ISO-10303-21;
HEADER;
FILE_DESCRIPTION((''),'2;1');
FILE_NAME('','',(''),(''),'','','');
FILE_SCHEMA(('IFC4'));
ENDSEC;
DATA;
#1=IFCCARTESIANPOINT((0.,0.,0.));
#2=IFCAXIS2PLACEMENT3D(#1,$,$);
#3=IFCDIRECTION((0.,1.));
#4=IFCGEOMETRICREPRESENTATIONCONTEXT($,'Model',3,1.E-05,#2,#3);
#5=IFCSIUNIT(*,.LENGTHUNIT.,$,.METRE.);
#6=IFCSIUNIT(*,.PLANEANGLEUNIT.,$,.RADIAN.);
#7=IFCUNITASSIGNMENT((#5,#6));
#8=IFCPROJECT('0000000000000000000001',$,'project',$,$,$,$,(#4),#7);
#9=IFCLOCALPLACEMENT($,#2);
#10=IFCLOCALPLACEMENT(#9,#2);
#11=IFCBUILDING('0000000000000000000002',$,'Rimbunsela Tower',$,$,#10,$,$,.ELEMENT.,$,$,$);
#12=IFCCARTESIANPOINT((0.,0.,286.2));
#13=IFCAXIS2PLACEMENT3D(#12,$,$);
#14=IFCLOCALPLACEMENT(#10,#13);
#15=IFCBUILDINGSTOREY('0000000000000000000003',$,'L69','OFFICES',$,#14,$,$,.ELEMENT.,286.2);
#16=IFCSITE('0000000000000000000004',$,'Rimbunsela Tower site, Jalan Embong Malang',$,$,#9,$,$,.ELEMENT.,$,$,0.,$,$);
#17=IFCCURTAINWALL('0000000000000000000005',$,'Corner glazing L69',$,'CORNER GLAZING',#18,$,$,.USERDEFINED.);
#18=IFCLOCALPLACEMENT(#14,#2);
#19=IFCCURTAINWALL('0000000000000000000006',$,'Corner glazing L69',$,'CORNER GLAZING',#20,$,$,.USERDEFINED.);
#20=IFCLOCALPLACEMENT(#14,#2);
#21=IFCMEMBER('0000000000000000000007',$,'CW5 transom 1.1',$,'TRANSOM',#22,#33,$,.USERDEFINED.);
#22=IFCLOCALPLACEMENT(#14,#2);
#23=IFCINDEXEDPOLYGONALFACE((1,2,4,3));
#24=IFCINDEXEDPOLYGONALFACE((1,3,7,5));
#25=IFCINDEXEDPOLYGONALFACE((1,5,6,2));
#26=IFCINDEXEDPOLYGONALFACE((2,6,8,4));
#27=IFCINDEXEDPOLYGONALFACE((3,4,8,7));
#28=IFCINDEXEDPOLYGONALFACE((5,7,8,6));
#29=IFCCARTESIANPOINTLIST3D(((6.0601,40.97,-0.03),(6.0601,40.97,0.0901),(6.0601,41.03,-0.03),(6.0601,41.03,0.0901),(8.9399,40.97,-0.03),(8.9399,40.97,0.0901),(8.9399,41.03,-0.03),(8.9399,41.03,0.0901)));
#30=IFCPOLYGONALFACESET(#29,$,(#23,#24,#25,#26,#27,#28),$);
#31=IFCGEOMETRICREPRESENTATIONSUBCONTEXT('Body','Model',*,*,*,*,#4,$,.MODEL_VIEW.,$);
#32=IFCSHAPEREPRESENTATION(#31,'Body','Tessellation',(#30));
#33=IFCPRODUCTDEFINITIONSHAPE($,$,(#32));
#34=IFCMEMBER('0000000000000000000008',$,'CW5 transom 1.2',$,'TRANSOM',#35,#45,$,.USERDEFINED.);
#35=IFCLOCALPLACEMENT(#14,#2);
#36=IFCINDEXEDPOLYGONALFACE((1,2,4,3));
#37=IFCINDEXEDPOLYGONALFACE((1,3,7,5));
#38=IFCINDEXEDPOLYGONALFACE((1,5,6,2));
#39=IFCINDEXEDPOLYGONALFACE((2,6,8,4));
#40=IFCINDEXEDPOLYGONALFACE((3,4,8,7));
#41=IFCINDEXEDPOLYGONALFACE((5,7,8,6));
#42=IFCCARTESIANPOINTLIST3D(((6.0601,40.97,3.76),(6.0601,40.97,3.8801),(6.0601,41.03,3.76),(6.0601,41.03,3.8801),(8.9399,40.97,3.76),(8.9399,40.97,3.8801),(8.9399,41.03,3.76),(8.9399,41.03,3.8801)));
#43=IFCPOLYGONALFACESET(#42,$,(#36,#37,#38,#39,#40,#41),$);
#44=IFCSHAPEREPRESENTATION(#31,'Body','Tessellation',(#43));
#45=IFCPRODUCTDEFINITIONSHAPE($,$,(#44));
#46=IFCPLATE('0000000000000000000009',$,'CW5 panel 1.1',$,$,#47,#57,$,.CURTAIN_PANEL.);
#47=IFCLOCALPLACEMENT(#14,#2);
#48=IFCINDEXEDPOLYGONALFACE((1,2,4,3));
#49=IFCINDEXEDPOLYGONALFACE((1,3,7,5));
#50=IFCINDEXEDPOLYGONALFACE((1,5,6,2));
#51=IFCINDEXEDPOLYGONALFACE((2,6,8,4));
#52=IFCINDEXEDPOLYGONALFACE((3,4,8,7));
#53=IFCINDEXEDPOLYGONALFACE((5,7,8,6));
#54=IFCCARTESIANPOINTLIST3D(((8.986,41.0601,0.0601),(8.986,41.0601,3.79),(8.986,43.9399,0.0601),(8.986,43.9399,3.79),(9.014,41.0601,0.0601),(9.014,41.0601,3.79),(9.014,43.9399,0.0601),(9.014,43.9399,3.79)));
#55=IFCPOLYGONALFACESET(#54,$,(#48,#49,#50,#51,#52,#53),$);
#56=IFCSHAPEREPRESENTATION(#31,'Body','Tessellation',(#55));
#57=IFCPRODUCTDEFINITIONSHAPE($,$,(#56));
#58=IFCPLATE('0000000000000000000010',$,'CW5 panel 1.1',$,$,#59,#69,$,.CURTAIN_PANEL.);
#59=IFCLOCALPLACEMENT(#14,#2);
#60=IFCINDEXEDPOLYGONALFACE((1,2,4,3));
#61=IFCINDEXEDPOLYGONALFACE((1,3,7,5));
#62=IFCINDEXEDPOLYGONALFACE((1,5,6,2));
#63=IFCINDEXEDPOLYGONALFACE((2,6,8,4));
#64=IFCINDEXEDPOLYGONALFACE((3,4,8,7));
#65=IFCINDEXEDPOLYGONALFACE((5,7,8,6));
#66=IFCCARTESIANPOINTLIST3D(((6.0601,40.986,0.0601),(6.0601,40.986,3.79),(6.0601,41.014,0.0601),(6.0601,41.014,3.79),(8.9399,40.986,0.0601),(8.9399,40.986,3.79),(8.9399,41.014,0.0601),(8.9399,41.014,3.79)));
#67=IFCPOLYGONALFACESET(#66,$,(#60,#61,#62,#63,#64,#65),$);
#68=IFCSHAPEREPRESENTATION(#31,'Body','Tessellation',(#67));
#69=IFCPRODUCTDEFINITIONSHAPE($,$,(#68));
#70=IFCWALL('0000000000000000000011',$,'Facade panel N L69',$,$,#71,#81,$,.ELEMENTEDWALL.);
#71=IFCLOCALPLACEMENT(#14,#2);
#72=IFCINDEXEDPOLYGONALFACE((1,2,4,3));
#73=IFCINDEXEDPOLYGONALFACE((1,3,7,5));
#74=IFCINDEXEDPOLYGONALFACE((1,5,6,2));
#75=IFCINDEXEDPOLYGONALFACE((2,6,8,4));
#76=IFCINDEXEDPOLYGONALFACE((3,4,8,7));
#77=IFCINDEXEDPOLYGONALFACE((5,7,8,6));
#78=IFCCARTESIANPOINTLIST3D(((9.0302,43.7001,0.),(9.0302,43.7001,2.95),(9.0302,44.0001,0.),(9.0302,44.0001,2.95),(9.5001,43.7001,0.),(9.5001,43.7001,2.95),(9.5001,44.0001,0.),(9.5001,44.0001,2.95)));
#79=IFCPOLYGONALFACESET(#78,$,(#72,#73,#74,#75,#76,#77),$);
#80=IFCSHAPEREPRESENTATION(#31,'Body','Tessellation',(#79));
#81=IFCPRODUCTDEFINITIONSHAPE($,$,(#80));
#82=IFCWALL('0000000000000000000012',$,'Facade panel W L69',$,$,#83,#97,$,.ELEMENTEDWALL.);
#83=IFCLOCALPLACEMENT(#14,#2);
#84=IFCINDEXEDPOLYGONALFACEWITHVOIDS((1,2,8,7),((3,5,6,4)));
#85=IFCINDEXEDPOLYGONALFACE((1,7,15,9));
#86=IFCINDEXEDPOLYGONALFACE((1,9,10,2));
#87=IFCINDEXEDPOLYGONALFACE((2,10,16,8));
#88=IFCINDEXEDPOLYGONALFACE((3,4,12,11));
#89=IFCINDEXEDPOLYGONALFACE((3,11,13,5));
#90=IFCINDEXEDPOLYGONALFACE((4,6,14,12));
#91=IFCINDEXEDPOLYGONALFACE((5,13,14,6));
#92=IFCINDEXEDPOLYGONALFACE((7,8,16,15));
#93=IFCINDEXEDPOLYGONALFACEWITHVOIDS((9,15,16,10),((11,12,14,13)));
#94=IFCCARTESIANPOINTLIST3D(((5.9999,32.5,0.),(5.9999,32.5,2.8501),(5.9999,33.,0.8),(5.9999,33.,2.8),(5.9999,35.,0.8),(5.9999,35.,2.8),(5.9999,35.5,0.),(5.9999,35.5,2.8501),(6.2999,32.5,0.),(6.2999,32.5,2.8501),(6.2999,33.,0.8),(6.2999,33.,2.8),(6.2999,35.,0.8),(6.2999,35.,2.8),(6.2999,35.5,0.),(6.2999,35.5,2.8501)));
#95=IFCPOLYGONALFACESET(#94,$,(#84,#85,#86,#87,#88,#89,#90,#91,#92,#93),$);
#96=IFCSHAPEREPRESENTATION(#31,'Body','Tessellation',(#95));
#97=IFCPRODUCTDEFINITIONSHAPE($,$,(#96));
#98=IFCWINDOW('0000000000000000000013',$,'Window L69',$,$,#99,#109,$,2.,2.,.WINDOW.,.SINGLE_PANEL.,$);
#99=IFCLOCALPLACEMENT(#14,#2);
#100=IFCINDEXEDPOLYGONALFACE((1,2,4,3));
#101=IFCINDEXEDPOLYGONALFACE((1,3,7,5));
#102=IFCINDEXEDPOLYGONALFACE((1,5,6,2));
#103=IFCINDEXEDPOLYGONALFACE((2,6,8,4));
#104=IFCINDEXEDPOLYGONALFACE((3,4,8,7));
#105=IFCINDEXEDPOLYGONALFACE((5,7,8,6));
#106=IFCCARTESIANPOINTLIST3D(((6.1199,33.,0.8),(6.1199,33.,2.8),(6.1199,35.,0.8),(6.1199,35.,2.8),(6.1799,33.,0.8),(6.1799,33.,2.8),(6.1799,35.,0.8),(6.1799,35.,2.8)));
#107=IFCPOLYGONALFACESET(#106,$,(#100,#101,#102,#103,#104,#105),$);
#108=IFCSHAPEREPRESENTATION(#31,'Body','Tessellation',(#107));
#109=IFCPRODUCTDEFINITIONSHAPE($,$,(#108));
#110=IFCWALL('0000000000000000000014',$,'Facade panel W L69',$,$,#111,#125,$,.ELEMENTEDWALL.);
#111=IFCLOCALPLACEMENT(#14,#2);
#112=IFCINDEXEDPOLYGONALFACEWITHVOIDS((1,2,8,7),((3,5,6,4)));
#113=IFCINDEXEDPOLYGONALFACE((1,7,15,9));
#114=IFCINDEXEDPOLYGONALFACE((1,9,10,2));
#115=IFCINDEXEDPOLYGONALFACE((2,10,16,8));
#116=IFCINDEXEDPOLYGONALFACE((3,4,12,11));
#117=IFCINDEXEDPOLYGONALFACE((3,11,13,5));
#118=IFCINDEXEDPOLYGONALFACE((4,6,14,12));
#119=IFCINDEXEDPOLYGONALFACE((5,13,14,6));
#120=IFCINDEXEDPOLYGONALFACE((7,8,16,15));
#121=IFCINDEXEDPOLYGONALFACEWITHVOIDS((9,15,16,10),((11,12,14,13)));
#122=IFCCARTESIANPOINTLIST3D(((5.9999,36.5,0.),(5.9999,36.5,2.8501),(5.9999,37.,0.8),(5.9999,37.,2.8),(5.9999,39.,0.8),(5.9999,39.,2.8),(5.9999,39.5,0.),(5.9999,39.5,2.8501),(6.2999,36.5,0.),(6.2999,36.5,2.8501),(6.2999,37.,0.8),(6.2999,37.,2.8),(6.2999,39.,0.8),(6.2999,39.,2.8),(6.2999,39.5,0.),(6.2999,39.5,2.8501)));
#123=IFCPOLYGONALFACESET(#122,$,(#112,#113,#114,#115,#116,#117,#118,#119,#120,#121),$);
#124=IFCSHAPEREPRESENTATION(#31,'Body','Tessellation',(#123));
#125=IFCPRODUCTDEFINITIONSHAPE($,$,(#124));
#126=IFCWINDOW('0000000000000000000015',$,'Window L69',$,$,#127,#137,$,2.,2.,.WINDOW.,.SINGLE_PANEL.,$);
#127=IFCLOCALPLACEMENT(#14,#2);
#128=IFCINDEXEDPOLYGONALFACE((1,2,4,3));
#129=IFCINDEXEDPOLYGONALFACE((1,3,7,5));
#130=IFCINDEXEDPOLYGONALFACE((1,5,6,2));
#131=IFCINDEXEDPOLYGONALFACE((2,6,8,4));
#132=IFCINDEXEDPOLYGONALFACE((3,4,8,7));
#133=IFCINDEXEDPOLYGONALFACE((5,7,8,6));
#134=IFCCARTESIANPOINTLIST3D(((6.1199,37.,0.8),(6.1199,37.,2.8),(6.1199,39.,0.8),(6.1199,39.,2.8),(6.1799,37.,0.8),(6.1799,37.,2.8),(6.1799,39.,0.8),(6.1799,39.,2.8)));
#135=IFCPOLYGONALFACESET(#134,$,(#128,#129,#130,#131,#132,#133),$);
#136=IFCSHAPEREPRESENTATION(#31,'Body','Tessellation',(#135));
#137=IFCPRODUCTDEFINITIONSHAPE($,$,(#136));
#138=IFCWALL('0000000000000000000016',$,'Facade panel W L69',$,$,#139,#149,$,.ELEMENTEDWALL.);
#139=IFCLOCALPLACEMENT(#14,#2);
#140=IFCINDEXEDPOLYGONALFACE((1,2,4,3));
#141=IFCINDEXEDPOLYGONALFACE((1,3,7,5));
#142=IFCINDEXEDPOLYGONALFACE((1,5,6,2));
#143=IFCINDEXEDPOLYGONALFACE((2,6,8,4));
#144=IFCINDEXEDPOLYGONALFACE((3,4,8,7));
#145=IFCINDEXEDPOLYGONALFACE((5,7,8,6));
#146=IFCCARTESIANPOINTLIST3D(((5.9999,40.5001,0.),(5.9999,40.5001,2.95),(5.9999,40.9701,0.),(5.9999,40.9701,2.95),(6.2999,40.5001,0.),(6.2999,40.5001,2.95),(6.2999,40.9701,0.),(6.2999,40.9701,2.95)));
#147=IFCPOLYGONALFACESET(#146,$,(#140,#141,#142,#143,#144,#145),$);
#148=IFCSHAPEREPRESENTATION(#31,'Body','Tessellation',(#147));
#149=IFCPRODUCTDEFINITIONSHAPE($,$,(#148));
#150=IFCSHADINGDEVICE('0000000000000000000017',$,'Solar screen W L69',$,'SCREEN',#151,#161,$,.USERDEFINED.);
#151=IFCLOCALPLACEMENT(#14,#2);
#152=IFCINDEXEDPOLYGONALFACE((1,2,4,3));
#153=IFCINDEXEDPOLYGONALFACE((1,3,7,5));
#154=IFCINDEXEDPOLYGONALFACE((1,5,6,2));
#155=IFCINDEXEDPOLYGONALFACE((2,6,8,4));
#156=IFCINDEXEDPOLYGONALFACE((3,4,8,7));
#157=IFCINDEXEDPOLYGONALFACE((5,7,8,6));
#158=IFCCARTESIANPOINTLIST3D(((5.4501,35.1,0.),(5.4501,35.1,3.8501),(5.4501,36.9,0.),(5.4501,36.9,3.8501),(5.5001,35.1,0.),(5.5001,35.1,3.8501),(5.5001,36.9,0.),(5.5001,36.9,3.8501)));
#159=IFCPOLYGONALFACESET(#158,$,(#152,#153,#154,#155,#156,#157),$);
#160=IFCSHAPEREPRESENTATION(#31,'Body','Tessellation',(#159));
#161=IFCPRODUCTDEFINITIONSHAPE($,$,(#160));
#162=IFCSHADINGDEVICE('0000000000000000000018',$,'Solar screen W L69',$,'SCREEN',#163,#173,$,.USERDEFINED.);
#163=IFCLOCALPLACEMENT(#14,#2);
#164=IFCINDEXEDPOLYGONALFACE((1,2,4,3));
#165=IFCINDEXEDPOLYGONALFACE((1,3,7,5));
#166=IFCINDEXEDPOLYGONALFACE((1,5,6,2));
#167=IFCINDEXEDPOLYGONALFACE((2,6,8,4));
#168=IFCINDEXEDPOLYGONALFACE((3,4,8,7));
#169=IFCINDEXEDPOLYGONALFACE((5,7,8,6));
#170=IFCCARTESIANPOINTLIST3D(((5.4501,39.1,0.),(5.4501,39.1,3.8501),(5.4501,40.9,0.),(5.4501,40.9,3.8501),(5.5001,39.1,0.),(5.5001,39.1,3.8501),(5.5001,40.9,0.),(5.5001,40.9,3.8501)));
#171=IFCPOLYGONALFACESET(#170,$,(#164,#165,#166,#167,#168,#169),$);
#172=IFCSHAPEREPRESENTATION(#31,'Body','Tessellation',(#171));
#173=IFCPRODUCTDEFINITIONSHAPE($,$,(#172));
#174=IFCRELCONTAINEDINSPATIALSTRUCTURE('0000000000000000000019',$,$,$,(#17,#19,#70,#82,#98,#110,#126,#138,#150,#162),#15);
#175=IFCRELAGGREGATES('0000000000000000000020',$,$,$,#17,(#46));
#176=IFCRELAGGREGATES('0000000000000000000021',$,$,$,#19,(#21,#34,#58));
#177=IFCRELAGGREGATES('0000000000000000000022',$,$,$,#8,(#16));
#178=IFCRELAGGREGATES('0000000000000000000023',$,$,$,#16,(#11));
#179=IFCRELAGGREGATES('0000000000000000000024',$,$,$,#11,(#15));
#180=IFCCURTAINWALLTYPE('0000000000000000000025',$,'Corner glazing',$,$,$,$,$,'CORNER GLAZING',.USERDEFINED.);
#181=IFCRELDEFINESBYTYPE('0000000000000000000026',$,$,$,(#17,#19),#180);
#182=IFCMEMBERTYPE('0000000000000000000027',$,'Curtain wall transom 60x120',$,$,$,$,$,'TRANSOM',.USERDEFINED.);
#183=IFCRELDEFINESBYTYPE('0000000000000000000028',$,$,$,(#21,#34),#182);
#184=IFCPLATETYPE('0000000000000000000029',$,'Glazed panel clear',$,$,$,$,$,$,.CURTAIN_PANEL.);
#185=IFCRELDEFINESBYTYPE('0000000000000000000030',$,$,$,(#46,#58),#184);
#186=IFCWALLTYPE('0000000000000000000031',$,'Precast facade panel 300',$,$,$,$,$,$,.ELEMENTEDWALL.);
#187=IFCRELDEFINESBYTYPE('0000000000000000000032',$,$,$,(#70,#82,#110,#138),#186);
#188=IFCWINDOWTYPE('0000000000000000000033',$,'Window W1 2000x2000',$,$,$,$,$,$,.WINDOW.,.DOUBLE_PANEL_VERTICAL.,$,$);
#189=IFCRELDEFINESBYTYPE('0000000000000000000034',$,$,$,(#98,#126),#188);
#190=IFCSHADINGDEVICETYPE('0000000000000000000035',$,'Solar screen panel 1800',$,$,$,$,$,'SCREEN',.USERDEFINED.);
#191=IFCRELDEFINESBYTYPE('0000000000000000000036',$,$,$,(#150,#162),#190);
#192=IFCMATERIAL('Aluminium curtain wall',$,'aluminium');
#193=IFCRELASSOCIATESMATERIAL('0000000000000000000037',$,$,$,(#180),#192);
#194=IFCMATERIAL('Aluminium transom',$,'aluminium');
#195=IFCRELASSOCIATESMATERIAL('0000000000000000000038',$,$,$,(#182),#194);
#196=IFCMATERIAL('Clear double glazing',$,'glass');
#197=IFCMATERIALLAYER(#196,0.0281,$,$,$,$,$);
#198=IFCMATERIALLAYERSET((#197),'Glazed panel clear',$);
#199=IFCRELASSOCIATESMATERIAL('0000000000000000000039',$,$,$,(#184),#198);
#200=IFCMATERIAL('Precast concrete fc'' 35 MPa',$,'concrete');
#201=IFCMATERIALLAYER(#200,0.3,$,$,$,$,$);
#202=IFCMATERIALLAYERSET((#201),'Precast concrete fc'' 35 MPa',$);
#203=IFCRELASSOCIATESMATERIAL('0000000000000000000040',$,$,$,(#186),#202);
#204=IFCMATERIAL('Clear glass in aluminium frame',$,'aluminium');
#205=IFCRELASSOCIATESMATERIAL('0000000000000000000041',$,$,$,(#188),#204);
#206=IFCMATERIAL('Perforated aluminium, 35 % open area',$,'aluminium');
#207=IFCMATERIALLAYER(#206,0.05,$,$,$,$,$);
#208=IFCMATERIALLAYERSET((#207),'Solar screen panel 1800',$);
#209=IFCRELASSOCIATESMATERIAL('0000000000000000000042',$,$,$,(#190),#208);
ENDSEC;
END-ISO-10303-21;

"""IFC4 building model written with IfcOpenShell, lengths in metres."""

from ifc_helpers import new_model, si_unit, direction, frame, frame_2d, origin, origin_2d, place, context, subcontext, project, spatial, rectangle, extrude, material, layer, layer_set, material_profile, profile_set, type_object, element, fill, aggregate, save


model = new_model("IFC4")

# Units and contexts
model_context = context("Model", 3, precision=1e-05, world=origin(), true_north=direction((0.0, 1.0)))
body_context = subcontext(model_context, "Body", "Model", "MODEL_VIEW")
ifc_project = project(units=[si_unit("LENGTHUNIT", "METRE"), si_unit("PLANEANGLEUNIT", "RADIAN")], contexts=[model_context])

# Site, building, storey
site_placement = place(None, origin())
site = spatial("IfcSite", under=ifc_project, at=site_placement, Name="Rimbunsela Tower site, Jalan Embong Malang", CompositionType="ELEMENT", RefElevation=0.0)
building_placement = place(site_placement, origin())
building = spatial("IfcBuilding", under=site, at=building_placement, Name="Rimbunsela Tower", CompositionType="ELEMENT")
storey_placement = place(building_placement, frame((0.0, 0.0, 286.2)))
storey = spatial("IfcBuildingStorey", under=building, at=storey_placement, Name="L69", Description="OFFICES", CompositionType="ELEMENT", Elevation=286.2)

# Curtain walls
ifc_material_1 = material(Name="Aluminium curtain wall", Category="aluminium")
curtain_wall_type = type_object("IfcCurtainWallType", Name="Corner glazing", ElementType="CORNER GLAZING", PredefinedType="USERDEFINED", material=ifc_material_1)
curtain_wall_1_placement = place(storey_placement, origin())
curtain_wall_1 = element("IfcCurtainWall", 1, at=curtain_wall_1_placement, inside=storey, type_object=curtain_wall_type, Name="Corner glazing L69", ObjectType="CORNER GLAZING", PredefinedType="USERDEFINED")
curtain_wall_2_placement = place(storey_placement, origin())
curtain_wall_2 = element("IfcCurtainWall", 2, at=curtain_wall_2_placement, inside=storey, type_object=curtain_wall_type, Name="Corner glazing L69", ObjectType="CORNER GLAZING", PredefinedType="USERDEFINED")

# Members
ifc_material_2 = material(Name="Aluminium transom", Category="aluminium")
ifc_material_profile_1 = material_profile(ifc_material_2, rectangle(XDim=0.0601, YDim=0.1201, at=origin_2d()), Name="Transom 60x120")
ifc_profile_set_1 = profile_set([ifc_material_profile_1], Name="Aluminium transom")
member_type_1 = type_object("IfcMemberType", Name="Curtain wall transom 60x120", ElementType="TRANSOM", PredefinedType="USERDEFINED", material=ifc_profile_set_1)
member_1_placement = place(storey_placement, frame((8.9399, 41.0, 0.03), z_axis=(-1.0, 0.0, 0.0), x_axis=(0.0, -1.0, 0.0)))
member_1 = element("IfcMember", 3, at=member_1_placement, type_object=member_type_1, Name="CW5 transom 1.1", ObjectType="TRANSOM", PredefinedType="USERDEFINED", context=body_context, shape_type="SweptSolid", body=[
    extrude(rectangle(XDim=0.0601, YDim=0.1201, at=origin_2d()), origin(), (0.0, 0.0, 1.0), 2.8799),
])
member_2_placement = place(storey_placement, frame((8.9399, 41.0, 3.8201), z_axis=(-1.0, 0.0, 0.0), x_axis=(0.0, -1.0, 0.0)))
member_2 = element("IfcMember", 4, at=member_2_placement, type_object=member_type_1, Name="CW5 transom 1.2", ObjectType="TRANSOM", PredefinedType="USERDEFINED", context=body_context, shape_type="SweptSolid", body=[
    extrude(rectangle(XDim=0.0601, YDim=0.1201, at=origin_2d()), origin(), (0.0, 0.0, 1.0), 2.8799),
])

# Plates
ifc_material_3 = material(Name="Clear double glazing", Category="glass")
ifc_layer_1 = layer(ifc_material_3, 0.0281)
ifc_layer_set_1 = layer_set([ifc_layer_1], Name="Glazed panel clear")
plate_type = type_object("IfcPlateType", Name="Glazed panel clear", PredefinedType="CURTAIN_PANEL", material=ifc_layer_set_1)
plate_1_placement = place(storey_placement, frame((9.0, 42.5, 0.0601), z_axis=(0.0, 0.0, 1.0), x_axis=(0.0, -1.0, 0.0)))
plate_1 = element("IfcPlate", 5, at=plate_1_placement, type_object=plate_type, Name="CW5 panel 1.1", PredefinedType="CURTAIN_PANEL", context=body_context, shape_type="SweptSolid", body=[
    extrude(rectangle(XDim=2.8799, YDim=0.0281, at=origin_2d()), origin(), (0.0, 0.0, 1.0), 3.73),
])
aggregate(curtain_wall_1, [plate_1])
plate_2_placement = place(storey_placement, frame((7.5, 41.0, 0.0601), z_axis=(0.0, 0.0, 1.0), x_axis=(-1.0, 0.0, 0.0)))
plate_2 = element("IfcPlate", 6, at=plate_2_placement, type_object=plate_type, Name="CW5 panel 1.1", PredefinedType="CURTAIN_PANEL", context=body_context, shape_type="SweptSolid", body=[
    extrude(rectangle(XDim=2.8799, YDim=0.0281, at=origin_2d()), origin(), (0.0, 0.0, 1.0), 3.73),
])
aggregate(curtain_wall_2, [member_1, member_2, plate_2])

# Wall
ifc_material_4 = material(Name="Precast concrete fc' 35 MPa", Category="concrete")
ifc_layer_2 = layer(ifc_material_4, 0.3)
ifc_layer_set_2 = layer_set([ifc_layer_2], Name="Precast concrete fc' 35 MPa")
wall_type = type_object("IfcWallType", Name="Precast facade panel 300", PredefinedType="ELEMENTEDWALL", material=ifc_layer_set_2)
wall_1_placement = place(storey_placement, frame((9.5, 43.8501, 0.0), z_axis=(0.0, 0.0, 1.0), x_axis=(-1.0, 0.0, 0.0)))
element("IfcWall", 7, at=wall_1_placement, inside=storey, type_object=wall_type, Name="Facade panel N L69", PredefinedType="ELEMENTEDWALL", context=body_context, shape_type="SweptSolid", body=[
    extrude(rectangle(XDim=0.47, YDim=0.3, at=frame_2d((0.2349, 0.0))), origin(), (0.0, 0.0, 1.0), 2.95),
])

# Walls, openings, windows
wall_2_placement = place(storey_placement, frame((6.1499, 35.5, 0.0), z_axis=(0.0, 0.0, 1.0), x_axis=(0.0, -1.0, 0.0)))
wall_2 = element("IfcWall", 8, at=wall_2_placement, inside=storey, type_object=wall_type, Name="Facade panel W L69", PredefinedType="ELEMENTEDWALL", context=body_context, shape_type="SweptSolid", body=[
    extrude(rectangle(XDim=3.0, YDim=0.3, at=frame_2d((1.5, 0.0))), origin(), (0.0, 0.0, 1.0), 2.8501),
])
opening_1_placement = place(wall_2_placement, frame((0.5, 0.0, 0.8)))
opening_1 = element("IfcOpeningElement", 9, at=opening_1_placement, cuts=wall_2, PredefinedType="OPENING", context=body_context, shape_type="SweptSolid", body=[
    extrude(rectangle(XDim=2.0, YDim=2.0, at=frame_2d((1.0, 1.0))), frame((0.0, 0.1599, 0.0), z_axis=(0.0, -1.0, 0.0), x_axis=(1.0, 0.0, 0.0)), (0.0, 0.0, 1.0), 0.3201),
])
ifc_material_5 = material(Name="Clear glass in aluminium frame", Category="aluminium")
window_type = type_object("IfcWindowType", Name="Window W1 2000x2000", PartitioningType="DOUBLE_PANEL_VERTICAL", PredefinedType="WINDOW", material=ifc_material_5)
window_1_placement = place(opening_1_placement, origin())
window_1 = element("IfcWindow", 10, at=window_1_placement, inside=storey, type_object=window_type, Name="Window L69", OverallHeight=2.0, OverallWidth=2.0, PartitioningType="SINGLE_PANEL", PredefinedType="WINDOW", context=body_context, shape_type="SweptSolid", body=[
    extrude(rectangle(XDim=2.0, YDim=2.0, at=frame_2d((1.0, 1.0))), frame((0.0, 0.03, 0.0), z_axis=(0.0, -1.0, 0.0), x_axis=(1.0, 0.0, 0.0)), (0.0, 0.0, 1.0), 0.0601),
])
fill(opening_1, window_1)
wall_3_placement = place(storey_placement, frame((6.1499, 39.5, 0.0), z_axis=(0.0, 0.0, 1.0), x_axis=(0.0, -1.0, 0.0)))
wall_3 = element("IfcWall", 11, at=wall_3_placement, inside=storey, type_object=wall_type, Name="Facade panel W L69", PredefinedType="ELEMENTEDWALL", context=body_context, shape_type="SweptSolid", body=[
    extrude(rectangle(XDim=3.0, YDim=0.3, at=frame_2d((1.5, 0.0))), origin(), (0.0, 0.0, 1.0), 2.8501),
])
opening_2_placement = place(wall_3_placement, frame((0.5, 0.0, 0.8)))
opening_2 = element("IfcOpeningElement", 12, at=opening_2_placement, cuts=wall_3, PredefinedType="OPENING", context=body_context, shape_type="SweptSolid", body=[
    extrude(rectangle(XDim=2.0, YDim=2.0, at=frame_2d((1.0, 1.0))), frame((0.0, 0.1599, 0.0), z_axis=(0.0, -1.0, 0.0), x_axis=(1.0, 0.0, 0.0)), (0.0, 0.0, 1.0), 0.3201),
])
window_2_placement = place(opening_2_placement, origin())
window_2 = element("IfcWindow", 13, at=window_2_placement, inside=storey, type_object=window_type, Name="Window L69", OverallHeight=2.0, OverallWidth=2.0, PartitioningType="SINGLE_PANEL", PredefinedType="WINDOW", context=body_context, shape_type="SweptSolid", body=[
    extrude(rectangle(XDim=2.0, YDim=2.0, at=frame_2d((1.0, 1.0))), frame((0.0, 0.03, 0.0), z_axis=(0.0, -1.0, 0.0), x_axis=(1.0, 0.0, 0.0)), (0.0, 0.0, 1.0), 0.0601),
])
fill(opening_2, window_2)

# Wall
wall_4_placement = place(storey_placement, frame((6.1499, 40.97, 0.0), z_axis=(0.0, 0.0, 1.0), x_axis=(0.0, -1.0, 0.0)))
element("IfcWall", 14, at=wall_4_placement, inside=storey, type_object=wall_type, Name="Facade panel W L69", PredefinedType="ELEMENTEDWALL", context=body_context, shape_type="SweptSolid", body=[
    extrude(rectangle(XDim=0.47, YDim=0.3, at=frame_2d((0.2349, 0.0))), origin(), (0.0, 0.0, 1.0), 2.95),
])

# Shading devices
ifc_material_6 = material(Name="Perforated aluminium, 35 % open area", Category="aluminium")
ifc_layer_3 = layer(ifc_material_6, 0.05)
ifc_layer_set_3 = layer_set([ifc_layer_3], Name="Solar screen panel 1800")
shading_device_type = type_object("IfcShadingDeviceType", Name="Solar screen panel 1800", ElementType="SCREEN", PredefinedType="USERDEFINED", material=ifc_layer_set_3)
for number, where, z_axis, x_axis, name in (
    (15, (5.4751, 36.0, 0.0), (0.0, 0.0, 1.0), (0.0, 1.0, 0.0), "Solar screen W L69"),
    (16, (5.4751, 40.0, 0.0), (0.0, 0.0, 1.0), (0.0, 1.0, 0.0), "Solar screen W L69"),
):
    element("IfcShadingDevice", number, at=place(storey_placement, frame(where, z_axis=z_axis, x_axis=x_axis)), inside=storey, type_object=shading_device_type, Name=name, ObjectType="SCREEN", PredefinedType="USERDEFINED", context=body_context, shape_type="SweptSolid", body=[
        extrude(rectangle(XDim=1.8, YDim=0.05, at=origin_2d()), origin(), (0.0, 0.0, 1.0), 3.8501),
    ])

save(model, "model.ifc")
